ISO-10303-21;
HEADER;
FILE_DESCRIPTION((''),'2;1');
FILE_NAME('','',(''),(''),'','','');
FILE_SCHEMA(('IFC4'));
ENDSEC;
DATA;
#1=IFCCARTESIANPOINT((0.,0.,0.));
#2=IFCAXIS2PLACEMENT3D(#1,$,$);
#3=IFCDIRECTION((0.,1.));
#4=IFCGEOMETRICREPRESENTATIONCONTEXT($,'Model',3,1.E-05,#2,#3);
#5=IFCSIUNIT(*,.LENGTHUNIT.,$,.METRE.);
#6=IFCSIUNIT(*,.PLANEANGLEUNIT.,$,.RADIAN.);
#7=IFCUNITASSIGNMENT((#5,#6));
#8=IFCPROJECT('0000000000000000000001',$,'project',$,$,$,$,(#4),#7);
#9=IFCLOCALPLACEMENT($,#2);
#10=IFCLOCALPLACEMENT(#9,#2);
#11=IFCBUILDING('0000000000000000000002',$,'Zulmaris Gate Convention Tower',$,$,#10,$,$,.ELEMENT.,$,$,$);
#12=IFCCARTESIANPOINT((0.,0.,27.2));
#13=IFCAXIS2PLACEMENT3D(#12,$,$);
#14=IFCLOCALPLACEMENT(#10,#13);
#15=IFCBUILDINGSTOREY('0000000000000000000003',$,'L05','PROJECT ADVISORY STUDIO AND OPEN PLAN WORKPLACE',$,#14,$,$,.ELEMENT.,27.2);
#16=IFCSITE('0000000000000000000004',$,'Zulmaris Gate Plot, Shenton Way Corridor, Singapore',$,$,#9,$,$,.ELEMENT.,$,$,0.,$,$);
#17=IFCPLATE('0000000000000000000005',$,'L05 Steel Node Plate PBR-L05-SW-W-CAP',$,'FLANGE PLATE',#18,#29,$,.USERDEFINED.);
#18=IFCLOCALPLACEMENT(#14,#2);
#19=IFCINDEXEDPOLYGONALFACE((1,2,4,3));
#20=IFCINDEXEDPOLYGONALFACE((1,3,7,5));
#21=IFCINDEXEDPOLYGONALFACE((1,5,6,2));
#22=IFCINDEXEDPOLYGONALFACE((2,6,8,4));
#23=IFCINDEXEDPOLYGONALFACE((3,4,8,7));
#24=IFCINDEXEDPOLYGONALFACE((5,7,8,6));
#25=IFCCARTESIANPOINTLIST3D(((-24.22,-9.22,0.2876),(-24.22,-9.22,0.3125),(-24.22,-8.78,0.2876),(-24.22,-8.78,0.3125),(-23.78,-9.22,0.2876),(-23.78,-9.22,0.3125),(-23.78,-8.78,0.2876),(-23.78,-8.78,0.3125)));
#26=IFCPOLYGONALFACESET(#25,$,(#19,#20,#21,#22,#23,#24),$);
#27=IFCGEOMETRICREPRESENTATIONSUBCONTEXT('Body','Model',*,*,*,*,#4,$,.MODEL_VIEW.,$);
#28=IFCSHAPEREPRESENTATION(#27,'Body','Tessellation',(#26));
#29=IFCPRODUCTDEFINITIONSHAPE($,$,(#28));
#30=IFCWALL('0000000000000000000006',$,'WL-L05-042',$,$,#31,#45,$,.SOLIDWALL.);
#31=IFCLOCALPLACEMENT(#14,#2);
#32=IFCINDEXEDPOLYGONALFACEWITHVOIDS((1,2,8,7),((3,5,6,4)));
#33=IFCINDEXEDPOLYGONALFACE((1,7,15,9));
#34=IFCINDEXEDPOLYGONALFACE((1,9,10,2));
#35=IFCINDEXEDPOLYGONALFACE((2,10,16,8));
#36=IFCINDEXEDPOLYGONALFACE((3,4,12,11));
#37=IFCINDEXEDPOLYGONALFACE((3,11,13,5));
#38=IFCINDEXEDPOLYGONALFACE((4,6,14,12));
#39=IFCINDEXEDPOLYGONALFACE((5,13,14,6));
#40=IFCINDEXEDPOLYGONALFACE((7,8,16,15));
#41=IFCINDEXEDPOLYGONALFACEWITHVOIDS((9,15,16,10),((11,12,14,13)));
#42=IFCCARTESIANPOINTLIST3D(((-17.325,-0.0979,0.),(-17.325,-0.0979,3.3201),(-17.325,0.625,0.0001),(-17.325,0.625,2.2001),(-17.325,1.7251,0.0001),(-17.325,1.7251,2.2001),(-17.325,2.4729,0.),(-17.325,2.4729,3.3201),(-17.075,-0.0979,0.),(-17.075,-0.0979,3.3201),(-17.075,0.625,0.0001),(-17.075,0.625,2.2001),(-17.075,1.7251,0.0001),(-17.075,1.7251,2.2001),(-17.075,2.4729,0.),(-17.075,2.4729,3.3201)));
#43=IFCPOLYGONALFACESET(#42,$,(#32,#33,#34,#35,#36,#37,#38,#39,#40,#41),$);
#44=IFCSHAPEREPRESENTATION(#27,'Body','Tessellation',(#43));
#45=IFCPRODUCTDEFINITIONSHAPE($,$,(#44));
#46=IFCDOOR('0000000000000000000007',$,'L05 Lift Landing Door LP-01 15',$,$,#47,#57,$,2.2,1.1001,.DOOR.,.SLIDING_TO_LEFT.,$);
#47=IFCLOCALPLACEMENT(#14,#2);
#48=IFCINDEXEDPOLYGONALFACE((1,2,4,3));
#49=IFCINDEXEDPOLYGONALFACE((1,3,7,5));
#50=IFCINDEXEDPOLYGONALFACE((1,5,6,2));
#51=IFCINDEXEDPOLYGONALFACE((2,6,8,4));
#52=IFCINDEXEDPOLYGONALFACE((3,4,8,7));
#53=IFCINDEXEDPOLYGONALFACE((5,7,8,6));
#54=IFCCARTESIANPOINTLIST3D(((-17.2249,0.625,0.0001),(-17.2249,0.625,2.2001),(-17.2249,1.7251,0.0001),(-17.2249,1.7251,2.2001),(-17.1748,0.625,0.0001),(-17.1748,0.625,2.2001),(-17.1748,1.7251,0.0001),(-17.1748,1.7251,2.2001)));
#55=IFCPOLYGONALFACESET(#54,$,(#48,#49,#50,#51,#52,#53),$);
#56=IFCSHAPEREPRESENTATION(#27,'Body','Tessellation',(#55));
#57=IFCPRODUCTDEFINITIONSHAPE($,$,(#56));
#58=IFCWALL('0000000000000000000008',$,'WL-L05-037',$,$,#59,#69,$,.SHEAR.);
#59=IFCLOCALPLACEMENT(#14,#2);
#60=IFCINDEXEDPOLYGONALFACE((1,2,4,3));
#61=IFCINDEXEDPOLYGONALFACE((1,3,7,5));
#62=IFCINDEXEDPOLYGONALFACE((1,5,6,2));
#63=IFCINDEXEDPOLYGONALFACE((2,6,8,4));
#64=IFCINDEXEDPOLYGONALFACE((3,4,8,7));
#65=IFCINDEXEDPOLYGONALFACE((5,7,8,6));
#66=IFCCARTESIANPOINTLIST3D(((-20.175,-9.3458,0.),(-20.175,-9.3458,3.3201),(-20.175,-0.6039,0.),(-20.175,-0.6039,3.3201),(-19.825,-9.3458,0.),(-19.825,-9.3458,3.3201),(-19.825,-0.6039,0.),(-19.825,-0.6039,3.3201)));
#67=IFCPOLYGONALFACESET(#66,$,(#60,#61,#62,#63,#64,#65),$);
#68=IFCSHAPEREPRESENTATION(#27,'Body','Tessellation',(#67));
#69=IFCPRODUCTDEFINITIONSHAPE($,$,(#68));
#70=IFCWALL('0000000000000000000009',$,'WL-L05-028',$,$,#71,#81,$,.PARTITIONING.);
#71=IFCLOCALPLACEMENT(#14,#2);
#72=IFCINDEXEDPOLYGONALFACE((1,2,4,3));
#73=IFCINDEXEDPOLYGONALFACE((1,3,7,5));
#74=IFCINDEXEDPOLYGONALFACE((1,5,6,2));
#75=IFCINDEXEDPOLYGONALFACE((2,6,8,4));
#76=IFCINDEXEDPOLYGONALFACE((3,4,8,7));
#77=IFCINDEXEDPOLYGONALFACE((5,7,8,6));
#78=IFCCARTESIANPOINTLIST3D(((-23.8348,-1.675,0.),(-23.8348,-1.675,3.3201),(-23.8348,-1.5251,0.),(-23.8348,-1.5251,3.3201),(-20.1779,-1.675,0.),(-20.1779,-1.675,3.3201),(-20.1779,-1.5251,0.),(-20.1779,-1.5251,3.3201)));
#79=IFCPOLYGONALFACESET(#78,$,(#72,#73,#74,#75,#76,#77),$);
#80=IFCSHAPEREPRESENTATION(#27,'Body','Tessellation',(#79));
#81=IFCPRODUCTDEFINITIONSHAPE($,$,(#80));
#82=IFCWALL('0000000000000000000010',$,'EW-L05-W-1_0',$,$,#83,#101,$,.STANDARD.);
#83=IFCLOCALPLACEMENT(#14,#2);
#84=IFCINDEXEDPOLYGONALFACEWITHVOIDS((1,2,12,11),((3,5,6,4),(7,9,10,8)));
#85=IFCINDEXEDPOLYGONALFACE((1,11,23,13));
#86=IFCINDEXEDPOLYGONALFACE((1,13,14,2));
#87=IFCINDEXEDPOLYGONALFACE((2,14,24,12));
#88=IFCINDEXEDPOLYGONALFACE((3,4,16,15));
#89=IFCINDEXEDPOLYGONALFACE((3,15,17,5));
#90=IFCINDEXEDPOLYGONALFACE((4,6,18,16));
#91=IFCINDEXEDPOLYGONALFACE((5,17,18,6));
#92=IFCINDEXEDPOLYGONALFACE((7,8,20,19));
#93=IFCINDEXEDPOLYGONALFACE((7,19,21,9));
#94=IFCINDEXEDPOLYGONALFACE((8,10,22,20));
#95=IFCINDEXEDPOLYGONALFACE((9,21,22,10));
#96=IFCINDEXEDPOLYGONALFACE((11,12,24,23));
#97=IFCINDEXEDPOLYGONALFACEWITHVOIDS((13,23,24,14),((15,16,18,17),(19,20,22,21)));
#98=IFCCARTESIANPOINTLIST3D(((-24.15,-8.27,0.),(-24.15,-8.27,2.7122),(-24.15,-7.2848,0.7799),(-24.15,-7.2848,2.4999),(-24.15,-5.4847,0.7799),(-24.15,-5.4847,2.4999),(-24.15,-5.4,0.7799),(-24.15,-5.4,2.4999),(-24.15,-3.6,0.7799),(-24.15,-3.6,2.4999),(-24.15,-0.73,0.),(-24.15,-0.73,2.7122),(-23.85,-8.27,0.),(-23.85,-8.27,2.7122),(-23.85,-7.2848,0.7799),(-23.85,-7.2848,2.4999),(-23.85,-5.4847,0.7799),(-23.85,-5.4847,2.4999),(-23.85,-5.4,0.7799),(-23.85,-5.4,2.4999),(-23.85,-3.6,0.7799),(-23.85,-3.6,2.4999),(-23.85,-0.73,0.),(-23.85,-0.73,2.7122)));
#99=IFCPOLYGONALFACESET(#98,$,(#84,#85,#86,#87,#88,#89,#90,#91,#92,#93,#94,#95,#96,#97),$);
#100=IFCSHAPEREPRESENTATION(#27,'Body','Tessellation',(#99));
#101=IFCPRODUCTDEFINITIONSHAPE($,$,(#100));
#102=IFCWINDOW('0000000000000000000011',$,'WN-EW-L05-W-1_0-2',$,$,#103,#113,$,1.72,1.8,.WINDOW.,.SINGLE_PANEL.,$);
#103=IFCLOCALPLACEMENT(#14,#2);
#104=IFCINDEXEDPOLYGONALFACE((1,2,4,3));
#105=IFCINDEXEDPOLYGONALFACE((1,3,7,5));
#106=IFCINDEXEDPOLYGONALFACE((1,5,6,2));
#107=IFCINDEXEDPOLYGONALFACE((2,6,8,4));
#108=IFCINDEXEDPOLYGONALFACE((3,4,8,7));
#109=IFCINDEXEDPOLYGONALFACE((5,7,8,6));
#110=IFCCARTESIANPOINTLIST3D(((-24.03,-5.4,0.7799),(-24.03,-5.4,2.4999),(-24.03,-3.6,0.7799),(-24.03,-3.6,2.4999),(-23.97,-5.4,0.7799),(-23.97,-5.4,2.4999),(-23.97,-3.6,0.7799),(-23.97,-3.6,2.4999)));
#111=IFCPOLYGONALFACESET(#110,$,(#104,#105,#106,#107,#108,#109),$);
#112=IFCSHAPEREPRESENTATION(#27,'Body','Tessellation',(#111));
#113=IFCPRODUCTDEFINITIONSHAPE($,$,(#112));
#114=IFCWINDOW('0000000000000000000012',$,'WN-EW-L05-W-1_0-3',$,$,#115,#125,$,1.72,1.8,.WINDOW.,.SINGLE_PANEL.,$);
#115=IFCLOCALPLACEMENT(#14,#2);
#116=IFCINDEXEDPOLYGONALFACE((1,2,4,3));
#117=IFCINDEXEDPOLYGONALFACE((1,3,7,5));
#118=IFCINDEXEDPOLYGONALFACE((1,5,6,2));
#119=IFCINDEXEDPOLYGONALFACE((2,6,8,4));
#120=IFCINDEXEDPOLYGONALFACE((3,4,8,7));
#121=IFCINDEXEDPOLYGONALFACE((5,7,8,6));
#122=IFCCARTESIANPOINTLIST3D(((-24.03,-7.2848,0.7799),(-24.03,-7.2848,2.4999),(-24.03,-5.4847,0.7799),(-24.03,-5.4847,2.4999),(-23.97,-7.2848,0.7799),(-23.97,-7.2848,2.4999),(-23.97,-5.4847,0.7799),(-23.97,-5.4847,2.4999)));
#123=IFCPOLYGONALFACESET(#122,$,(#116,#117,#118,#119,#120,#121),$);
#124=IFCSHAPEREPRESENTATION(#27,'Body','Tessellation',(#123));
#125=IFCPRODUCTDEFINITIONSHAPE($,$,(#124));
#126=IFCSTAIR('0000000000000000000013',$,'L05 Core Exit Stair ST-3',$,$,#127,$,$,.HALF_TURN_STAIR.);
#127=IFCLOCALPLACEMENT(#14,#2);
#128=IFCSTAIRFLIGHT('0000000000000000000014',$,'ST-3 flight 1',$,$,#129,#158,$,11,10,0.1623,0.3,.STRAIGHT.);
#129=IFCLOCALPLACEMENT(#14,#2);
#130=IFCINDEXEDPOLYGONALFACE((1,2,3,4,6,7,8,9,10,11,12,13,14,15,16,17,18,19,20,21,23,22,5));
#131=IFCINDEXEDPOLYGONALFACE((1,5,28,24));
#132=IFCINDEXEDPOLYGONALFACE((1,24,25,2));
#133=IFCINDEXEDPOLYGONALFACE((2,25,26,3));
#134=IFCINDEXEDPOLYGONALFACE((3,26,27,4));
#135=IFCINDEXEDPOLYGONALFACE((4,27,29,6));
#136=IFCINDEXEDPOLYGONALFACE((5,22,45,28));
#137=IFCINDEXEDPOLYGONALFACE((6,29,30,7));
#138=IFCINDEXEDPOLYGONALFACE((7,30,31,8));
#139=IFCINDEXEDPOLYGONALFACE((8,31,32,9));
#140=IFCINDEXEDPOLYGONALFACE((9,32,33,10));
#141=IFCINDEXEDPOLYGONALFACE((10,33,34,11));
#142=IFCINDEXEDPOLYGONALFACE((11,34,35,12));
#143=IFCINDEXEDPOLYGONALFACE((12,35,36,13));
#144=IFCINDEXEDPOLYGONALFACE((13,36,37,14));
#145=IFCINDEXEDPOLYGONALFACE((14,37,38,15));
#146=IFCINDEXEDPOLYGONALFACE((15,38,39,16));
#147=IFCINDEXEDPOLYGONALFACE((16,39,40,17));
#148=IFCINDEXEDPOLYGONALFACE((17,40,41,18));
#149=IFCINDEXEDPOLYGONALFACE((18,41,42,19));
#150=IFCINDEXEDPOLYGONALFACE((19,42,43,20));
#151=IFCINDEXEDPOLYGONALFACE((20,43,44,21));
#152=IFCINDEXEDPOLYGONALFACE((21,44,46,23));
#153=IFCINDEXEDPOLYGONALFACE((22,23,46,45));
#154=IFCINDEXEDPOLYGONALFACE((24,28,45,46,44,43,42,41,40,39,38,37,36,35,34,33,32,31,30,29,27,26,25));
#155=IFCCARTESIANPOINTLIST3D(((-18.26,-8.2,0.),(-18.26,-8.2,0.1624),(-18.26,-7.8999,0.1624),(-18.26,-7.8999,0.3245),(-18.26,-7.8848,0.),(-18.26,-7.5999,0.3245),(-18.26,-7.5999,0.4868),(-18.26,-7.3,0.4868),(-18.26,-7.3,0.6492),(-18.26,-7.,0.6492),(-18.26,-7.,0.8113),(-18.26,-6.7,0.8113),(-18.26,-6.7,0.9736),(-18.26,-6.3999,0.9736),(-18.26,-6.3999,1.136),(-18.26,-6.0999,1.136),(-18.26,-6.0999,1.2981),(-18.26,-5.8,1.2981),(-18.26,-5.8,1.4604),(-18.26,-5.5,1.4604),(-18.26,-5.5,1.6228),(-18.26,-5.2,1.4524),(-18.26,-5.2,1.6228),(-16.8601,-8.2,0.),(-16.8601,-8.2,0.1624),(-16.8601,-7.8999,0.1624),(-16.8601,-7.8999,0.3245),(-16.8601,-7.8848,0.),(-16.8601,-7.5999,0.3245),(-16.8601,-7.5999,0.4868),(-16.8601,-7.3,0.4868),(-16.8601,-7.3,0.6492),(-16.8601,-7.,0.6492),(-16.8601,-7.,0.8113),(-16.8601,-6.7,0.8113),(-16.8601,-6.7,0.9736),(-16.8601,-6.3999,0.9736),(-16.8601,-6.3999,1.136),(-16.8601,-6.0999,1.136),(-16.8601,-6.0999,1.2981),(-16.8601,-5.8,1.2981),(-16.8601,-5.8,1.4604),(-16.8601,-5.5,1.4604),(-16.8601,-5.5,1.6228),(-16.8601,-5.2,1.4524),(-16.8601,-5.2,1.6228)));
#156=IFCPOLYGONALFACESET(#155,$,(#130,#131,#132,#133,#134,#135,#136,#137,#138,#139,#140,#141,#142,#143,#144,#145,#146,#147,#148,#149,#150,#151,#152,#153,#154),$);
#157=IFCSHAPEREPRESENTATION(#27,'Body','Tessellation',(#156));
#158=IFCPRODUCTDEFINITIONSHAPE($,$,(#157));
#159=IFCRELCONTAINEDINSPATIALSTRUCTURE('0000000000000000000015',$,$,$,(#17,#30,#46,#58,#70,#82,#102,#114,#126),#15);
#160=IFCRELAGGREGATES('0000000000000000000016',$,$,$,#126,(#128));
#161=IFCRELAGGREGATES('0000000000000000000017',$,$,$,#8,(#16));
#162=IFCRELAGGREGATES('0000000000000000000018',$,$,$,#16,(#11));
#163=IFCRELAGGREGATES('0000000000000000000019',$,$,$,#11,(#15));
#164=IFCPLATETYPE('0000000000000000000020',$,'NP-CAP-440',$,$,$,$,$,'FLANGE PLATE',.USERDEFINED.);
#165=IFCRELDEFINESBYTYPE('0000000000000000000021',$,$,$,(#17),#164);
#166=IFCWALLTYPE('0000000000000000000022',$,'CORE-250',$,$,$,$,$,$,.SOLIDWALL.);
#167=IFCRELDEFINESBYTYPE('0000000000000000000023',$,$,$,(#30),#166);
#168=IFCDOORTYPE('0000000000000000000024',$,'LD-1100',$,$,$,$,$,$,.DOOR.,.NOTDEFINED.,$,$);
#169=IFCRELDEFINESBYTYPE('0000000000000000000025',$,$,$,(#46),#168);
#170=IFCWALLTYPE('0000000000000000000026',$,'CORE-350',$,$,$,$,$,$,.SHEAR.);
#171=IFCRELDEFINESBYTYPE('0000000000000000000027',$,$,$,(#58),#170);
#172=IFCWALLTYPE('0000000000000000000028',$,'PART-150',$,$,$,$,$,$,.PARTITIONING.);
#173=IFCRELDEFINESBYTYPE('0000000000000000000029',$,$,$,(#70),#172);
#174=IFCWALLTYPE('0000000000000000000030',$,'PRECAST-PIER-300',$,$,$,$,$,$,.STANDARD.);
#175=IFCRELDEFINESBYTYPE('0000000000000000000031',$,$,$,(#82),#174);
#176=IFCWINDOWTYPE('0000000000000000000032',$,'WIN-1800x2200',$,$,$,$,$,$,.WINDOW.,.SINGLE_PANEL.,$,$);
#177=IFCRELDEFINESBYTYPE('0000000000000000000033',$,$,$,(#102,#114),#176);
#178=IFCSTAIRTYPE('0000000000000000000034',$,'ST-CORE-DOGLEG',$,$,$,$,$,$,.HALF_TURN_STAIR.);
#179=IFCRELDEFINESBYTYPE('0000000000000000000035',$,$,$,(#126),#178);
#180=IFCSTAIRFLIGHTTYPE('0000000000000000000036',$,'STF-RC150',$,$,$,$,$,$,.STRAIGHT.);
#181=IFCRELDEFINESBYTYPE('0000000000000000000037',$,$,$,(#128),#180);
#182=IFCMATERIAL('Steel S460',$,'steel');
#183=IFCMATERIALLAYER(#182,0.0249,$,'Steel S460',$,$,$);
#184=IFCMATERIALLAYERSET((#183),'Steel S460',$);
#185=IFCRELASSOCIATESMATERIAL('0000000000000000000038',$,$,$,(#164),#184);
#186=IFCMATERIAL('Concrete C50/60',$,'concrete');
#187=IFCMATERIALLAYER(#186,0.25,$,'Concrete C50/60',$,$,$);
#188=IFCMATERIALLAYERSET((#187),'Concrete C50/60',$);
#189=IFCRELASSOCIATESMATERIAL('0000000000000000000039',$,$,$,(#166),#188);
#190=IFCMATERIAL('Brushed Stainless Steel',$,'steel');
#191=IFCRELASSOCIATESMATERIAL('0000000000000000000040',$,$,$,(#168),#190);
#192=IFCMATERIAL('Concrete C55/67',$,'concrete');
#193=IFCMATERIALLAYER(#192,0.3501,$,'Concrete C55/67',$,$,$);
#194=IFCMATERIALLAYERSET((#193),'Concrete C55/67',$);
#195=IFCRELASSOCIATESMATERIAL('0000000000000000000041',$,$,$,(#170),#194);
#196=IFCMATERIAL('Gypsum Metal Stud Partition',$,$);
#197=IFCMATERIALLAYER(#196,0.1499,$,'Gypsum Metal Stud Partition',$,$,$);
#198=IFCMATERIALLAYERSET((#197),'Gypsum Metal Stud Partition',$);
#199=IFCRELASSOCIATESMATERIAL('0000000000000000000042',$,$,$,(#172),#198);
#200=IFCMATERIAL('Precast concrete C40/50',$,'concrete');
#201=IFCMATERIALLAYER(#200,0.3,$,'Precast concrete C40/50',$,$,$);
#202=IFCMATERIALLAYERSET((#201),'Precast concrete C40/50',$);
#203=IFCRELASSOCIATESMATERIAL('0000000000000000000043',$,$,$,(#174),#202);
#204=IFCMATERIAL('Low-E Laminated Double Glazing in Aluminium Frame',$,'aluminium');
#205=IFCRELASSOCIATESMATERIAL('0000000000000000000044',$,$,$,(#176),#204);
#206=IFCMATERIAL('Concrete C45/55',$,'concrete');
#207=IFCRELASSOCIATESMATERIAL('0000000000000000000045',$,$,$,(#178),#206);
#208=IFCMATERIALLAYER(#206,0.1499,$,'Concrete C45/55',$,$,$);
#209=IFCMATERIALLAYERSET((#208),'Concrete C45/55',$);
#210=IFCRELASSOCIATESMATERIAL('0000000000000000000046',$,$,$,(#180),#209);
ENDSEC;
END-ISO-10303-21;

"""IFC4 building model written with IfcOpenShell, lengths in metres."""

from ifc_helpers import new_model, si_unit, direction, frame, frame_2d, origin, origin_2d, place, context, subcontext, project, spatial, polyline, rectangle, outline, extrude, material, layer, layer_set, type_object, element, fill, aggregate, save


model = new_model("IFC4")

# Units and contexts
model_context = context("Model", 3, precision=1e-05, world=origin(), true_north=direction((0.0, 1.0)))
body_context = subcontext(model_context, "Body", "Model", "MODEL_VIEW")
ifc_project = project(units=[si_unit("LENGTHUNIT", "METRE"), si_unit("PLANEANGLEUNIT", "RADIAN")], contexts=[model_context])

# Site, building, storey
site_placement = place(None, origin())
site = spatial("IfcSite", under=ifc_project, at=site_placement, Name="Zulmaris Gate Plot, Shenton Way Corridor, Singapore", CompositionType="ELEMENT", RefElevation=0.0)
building_placement = place(site_placement, origin())
building = spatial("IfcBuilding", under=site, at=building_placement, Name="Zulmaris Gate Convention Tower", CompositionType="ELEMENT")
storey_placement = place(building_placement, frame((0.0, 0.0, 27.2)))
storey = spatial("IfcBuildingStorey", under=building, at=storey_placement, Name="L05", Description="PROJECT ADVISORY STUDIO AND OPEN PLAN WORKPLACE", CompositionType="ELEMENT", Elevation=27.2)

# Shared definitions
ifc_material_1 = material(Name="Steel S460", Category="steel")

# Plate
ifc_layer_1 = layer(ifc_material_1, 0.0249, Name="Steel S460")
ifc_layer_set_1 = layer_set([ifc_layer_1], Name="Steel S460")
plate_type = type_object("IfcPlateType", Name="NP-CAP-440", ElementType="FLANGE PLATE", PredefinedType="USERDEFINED", material=ifc_layer_set_1)
plate_placement = place(storey_placement, frame((-24.0, -9.0, 0.2876), z_axis=(0.0, 0.0, 1.0), x_axis=(1.0, 0.0, 0.0)))
element("IfcPlate", 1, at=plate_placement, inside=storey, type_object=plate_type, Name="L05 Steel Node Plate PBR-L05-SW-W-CAP", ObjectType="FLANGE PLATE", PredefinedType="USERDEFINED", context=body_context, shape_type="SweptSolid", body=[
    extrude(rectangle(XDim=0.4399, YDim=0.4399, at=origin_2d()), origin(), (0.0, 0.0, 1.0), 0.0249),
])

# Wall, opening, door
ifc_material_2 = material(Name="Concrete C50/60", Category="concrete")
ifc_layer_2 = layer(ifc_material_2, 0.25, Name="Concrete C50/60")
ifc_layer_set_2 = layer_set([ifc_layer_2], Name="Concrete C50/60")
wall_type_1 = type_object("IfcWallType", Name="CORE-250", PredefinedType="SOLIDWALL", material=ifc_layer_set_2)
wall_1_placement = place(storey_placement, frame((-17.2, -0.0979, 0.0), z_axis=(0.0, 0.0, 1.0), x_axis=(0.0, 1.0, 0.0)))
wall_1 = element("IfcWall", 2, at=wall_1_placement, inside=storey, type_object=wall_type_1, Name="WL-L05-042", PredefinedType="SOLIDWALL", context=body_context, shape_type="SweptSolid", body=[
    extrude(rectangle(XDim=2.5708, YDim=0.25, at=frame_2d((1.2854, 0.0))), origin(), (0.0, 0.0, 1.0), 3.3201),
])
opening_1_placement = place(wall_1_placement, frame((0.7229, 0.0, 0.0)))
opening_1 = element("IfcOpeningElement", 3, at=opening_1_placement, cuts=wall_1, PredefinedType="OPENING", context=body_context, shape_type="SweptSolid", body=[
    extrude(rectangle(XDim=1.1001, YDim=2.2, at=frame_2d((0.55, 1.1001))), frame((0.0, 0.135, 0.0), z_axis=(0.0, -1.0, 0.0), x_axis=(1.0, 0.0, 0.0)), (0.0, 0.0, 1.0), 0.27),
])
ifc_material_3 = material(Name="Brushed Stainless Steel", Category="steel")
door_type_1 = type_object("IfcDoorType", Name="LD-1100", OperationType="NOTDEFINED", PredefinedType="DOOR", material=ifc_material_3)
door_1_placement = place(opening_1_placement, origin())
door_1 = element("IfcDoor", 4, at=door_1_placement, inside=storey, type_object=door_type_1, Name="L05 Lift Landing Door LP-01 15", OperationType="SLIDING_TO_LEFT", OverallHeight=2.2, OverallWidth=1.1001, PredefinedType="DOOR", context=body_context, shape_type="SweptSolid", body=[
    extrude(rectangle(XDim=1.1001, YDim=2.2, at=frame_2d((0.55, 1.1001))), frame((0.0, 0.0249, 0.0), z_axis=(0.0, -1.0, 0.0), x_axis=(1.0, 0.0, 0.0)), (0.0, 0.0, 1.0), 0.05),
])
fill(opening_1, door_1)

# Walls
ifc_material_4 = material(Name="Concrete C55/67", Category="concrete")
ifc_layer_3 = layer(ifc_material_4, 0.3501, Name="Concrete C55/67")
ifc_layer_set_3 = layer_set([ifc_layer_3], Name="Concrete C55/67")
wall_type_2 = type_object("IfcWallType", Name="CORE-350", PredefinedType="SHEAR", material=ifc_layer_set_3)
wall_2_placement = place(storey_placement, frame((-20.0, -9.3459, 0.0), z_axis=(0.0, 0.0, 1.0), x_axis=(0.0, 1.0, 0.0)))
element("IfcWall", 5, at=wall_2_placement, inside=storey, type_object=wall_type_2, Name="WL-L05-037", PredefinedType="SHEAR", context=body_context, shape_type="SweptSolid", body=[
    extrude(rectangle(XDim=8.7419, YDim=0.3501, at=frame_2d((4.3711, 0.0))), origin(), (0.0, 0.0, 1.0), 3.3201),
])
ifc_material_5 = material(Name="Gypsum Metal Stud Partition")
ifc_layer_4 = layer(ifc_material_5, 0.1499, Name="Gypsum Metal Stud Partition")
ifc_layer_set_4 = layer_set([ifc_layer_4], Name="Gypsum Metal Stud Partition")
wall_type_3 = type_object("IfcWallType", Name="PART-150", PredefinedType="PARTITIONING", material=ifc_layer_set_4)
wall_3_placement = place(storey_placement, frame((-23.835, -1.6001, 0.0), z_axis=(0.0, 0.0, 1.0), x_axis=(1.0, 0.0, 0.0)))
element("IfcWall", 6, at=wall_3_placement, inside=storey, type_object=wall_type_3, Name="WL-L05-028", PredefinedType="PARTITIONING", context=body_context, shape_type="SweptSolid", body=[
    extrude(rectangle(XDim=3.657, YDim=0.1499, at=frame_2d((1.8286, 0.0))), origin(), (0.0, 0.0, 1.0), 3.3201),
])

# Wall, openings, windows
ifc_material_6 = material(Name="Precast concrete C40/50", Category="concrete")
ifc_layer_5 = layer(ifc_material_6, 0.3, Name="Precast concrete C40/50")
ifc_layer_set_5 = layer_set([ifc_layer_5], Name="Precast concrete C40/50")
wall_type_4 = type_object("IfcWallType", Name="PRECAST-PIER-300", PredefinedType="STANDARD", material=ifc_layer_set_5)
wall_4_placement = place(storey_placement, frame((-24.0, -0.73, 0.0), z_axis=(0.0, 0.0, 1.0), x_axis=(0.0, -1.0, 0.0)))
wall_4 = element("IfcWall", 7, at=wall_4_placement, inside=storey, type_object=wall_type_4, Name="EW-L05-W-1_0", PredefinedType="STANDARD", context=body_context, shape_type="SweptSolid", body=[
    extrude(rectangle(XDim=7.54, YDim=0.3, at=frame_2d((3.77, 0.0))), origin(), (0.0, 0.0, 1.0), 2.7122),
])
opening_2_placement = place(wall_4_placement, frame((2.8701, 0.0, 0.78)))
opening_2 = element("IfcOpeningElement", 8, at=opening_2_placement, cuts=wall_4, PredefinedType="OPENING", context=body_context, shape_type="SweptSolid", body=[
    extrude(rectangle(XDim=1.8, YDim=1.72, at=frame_2d((0.8999, 0.8599))), frame((0.0, 0.1602, 0.0), z_axis=(0.0, -1.0, 0.0), x_axis=(1.0, 0.0, 0.0)), (0.0, 0.0, 1.0), 0.3201),
])
opening_3_placement = place(wall_4_placement, frame((4.7549, 0.0, 0.78)))
opening_3 = element("IfcOpeningElement", 9, at=opening_3_placement, cuts=wall_4, PredefinedType="OPENING", context=body_context, shape_type="SweptSolid", body=[
    extrude(rectangle(XDim=1.8, YDim=1.72, at=frame_2d((0.8999, 0.8599))), frame((0.0, 0.1602, 0.0), z_axis=(0.0, -1.0, 0.0), x_axis=(1.0, 0.0, 0.0)), (0.0, 0.0, 1.0), 0.3201),
])
ifc_material_7 = material(Name="Low-E Laminated Double Glazing in Aluminium Frame", Category="aluminium")
window_type = type_object("IfcWindowType", Name="WIN-1800x2200", PartitioningType="SINGLE_PANEL", PredefinedType="WINDOW", material=ifc_material_7)
window_1_placement = place(opening_2_placement, origin())
window_1 = element("IfcWindow", 10, at=window_1_placement, inside=storey, type_object=window_type, Name="WN-EW-L05-W-1_0-2", OverallHeight=1.72, OverallWidth=1.8, PartitioningType="SINGLE_PANEL", PredefinedType="WINDOW", context=body_context, shape_type="SweptSolid", body=[
    extrude(rectangle(XDim=1.8, YDim=1.72, at=frame_2d((0.8999, 0.8599))), frame((0.0, 0.03, 0.0), z_axis=(0.0, -1.0, 0.0), x_axis=(1.0, 0.0, 0.0)), (0.0, 0.0, 1.0), 0.0601),
])
fill(opening_2, window_1)
window_2_placement = place(opening_3_placement, origin())
window_2 = element("IfcWindow", 11, at=window_2_placement, inside=storey, type_object=window_type, Name="WN-EW-L05-W-1_0-3", OverallHeight=1.72, OverallWidth=1.8, PartitioningType="SINGLE_PANEL", PredefinedType="WINDOW", context=body_context, shape_type="SweptSolid", body=[
    extrude(rectangle(XDim=1.8, YDim=1.72, at=frame_2d((0.8999, 0.8599))), frame((0.0, 0.03, 0.0), z_axis=(0.0, -1.0, 0.0), x_axis=(1.0, 0.0, 0.0)), (0.0, 0.0, 1.0), 0.0601),
])
fill(opening_3, window_2)

# Stair, stair flight
ifc_material_8 = material(Name="Concrete C45/55", Category="concrete")
stair_type = type_object("IfcStairType", Name="ST-CORE-DOGLEG", PredefinedType="HALF_TURN_STAIR", material=ifc_material_8)
stair_placement = place(storey_placement, origin())
stair = element("IfcStair", 12, at=stair_placement, inside=storey, type_object=stair_type, Name="L05 Core Exit Stair ST-3", PredefinedType="HALF_TURN_STAIR")
ifc_layer_6 = layer(ifc_material_8, 0.1499, Name="Concrete C45/55")
ifc_layer_set_6 = layer_set([ifc_layer_6], Name="Concrete C45/55")
stair_flight_type = type_object("IfcStairFlightType", Name="STF-RC150", PredefinedType="STRAIGHT", material=ifc_layer_set_6)
stair_flight_1_placement = place(storey_placement, frame((-17.5601, -8.2, 0.0), z_axis=(0.0, 0.0, 1.0), x_axis=(0.0, 1.0, 0.0)))
stair_flight_1 = element("IfcStairFlight", 13, at=stair_flight_1_placement, type_object=stair_flight_type, Name="ST-3 flight 1", NumberOfRisers=11, NumberOfTreads=10, PredefinedType="STRAIGHT", RiserHeight=0.1623, TreadLength=0.3, context=body_context, shape_type="SweptSolid", body=[
    extrude(outline(polyline([(0.0, 0.0), (0.0, 0.1624), (0.3, 0.1624), (0.3, 0.3245), (0.6001, 0.3245), (0.6001, 0.4868), (0.8999, 0.4868), (0.8999, 0.6492), (1.2, 0.6492), (1.2, 0.8113), (1.5, 0.8113), (1.5, 0.9736), (1.8, 0.9736), (1.8, 1.136), (2.1001, 1.136), (2.1001, 1.2981), (2.3999, 1.2981), (2.3999, 1.4604), (2.7, 1.4604), (2.7, 1.6228), (3.0, 1.6228), (3.0, 1.7849), (3.0, 1.4524), (0.3152, 0.0), (0.0, 0.0)])), frame((0.0, 0.7, 0.0), z_axis=(0.0, -1.0, 0.0), x_axis=(1.0, 0.0, 0.0)), (0.0, 0.0, 1.0), 1.3999),
])
aggregate(stair, [stair_flight_1])

save(model, "model.ifc")
